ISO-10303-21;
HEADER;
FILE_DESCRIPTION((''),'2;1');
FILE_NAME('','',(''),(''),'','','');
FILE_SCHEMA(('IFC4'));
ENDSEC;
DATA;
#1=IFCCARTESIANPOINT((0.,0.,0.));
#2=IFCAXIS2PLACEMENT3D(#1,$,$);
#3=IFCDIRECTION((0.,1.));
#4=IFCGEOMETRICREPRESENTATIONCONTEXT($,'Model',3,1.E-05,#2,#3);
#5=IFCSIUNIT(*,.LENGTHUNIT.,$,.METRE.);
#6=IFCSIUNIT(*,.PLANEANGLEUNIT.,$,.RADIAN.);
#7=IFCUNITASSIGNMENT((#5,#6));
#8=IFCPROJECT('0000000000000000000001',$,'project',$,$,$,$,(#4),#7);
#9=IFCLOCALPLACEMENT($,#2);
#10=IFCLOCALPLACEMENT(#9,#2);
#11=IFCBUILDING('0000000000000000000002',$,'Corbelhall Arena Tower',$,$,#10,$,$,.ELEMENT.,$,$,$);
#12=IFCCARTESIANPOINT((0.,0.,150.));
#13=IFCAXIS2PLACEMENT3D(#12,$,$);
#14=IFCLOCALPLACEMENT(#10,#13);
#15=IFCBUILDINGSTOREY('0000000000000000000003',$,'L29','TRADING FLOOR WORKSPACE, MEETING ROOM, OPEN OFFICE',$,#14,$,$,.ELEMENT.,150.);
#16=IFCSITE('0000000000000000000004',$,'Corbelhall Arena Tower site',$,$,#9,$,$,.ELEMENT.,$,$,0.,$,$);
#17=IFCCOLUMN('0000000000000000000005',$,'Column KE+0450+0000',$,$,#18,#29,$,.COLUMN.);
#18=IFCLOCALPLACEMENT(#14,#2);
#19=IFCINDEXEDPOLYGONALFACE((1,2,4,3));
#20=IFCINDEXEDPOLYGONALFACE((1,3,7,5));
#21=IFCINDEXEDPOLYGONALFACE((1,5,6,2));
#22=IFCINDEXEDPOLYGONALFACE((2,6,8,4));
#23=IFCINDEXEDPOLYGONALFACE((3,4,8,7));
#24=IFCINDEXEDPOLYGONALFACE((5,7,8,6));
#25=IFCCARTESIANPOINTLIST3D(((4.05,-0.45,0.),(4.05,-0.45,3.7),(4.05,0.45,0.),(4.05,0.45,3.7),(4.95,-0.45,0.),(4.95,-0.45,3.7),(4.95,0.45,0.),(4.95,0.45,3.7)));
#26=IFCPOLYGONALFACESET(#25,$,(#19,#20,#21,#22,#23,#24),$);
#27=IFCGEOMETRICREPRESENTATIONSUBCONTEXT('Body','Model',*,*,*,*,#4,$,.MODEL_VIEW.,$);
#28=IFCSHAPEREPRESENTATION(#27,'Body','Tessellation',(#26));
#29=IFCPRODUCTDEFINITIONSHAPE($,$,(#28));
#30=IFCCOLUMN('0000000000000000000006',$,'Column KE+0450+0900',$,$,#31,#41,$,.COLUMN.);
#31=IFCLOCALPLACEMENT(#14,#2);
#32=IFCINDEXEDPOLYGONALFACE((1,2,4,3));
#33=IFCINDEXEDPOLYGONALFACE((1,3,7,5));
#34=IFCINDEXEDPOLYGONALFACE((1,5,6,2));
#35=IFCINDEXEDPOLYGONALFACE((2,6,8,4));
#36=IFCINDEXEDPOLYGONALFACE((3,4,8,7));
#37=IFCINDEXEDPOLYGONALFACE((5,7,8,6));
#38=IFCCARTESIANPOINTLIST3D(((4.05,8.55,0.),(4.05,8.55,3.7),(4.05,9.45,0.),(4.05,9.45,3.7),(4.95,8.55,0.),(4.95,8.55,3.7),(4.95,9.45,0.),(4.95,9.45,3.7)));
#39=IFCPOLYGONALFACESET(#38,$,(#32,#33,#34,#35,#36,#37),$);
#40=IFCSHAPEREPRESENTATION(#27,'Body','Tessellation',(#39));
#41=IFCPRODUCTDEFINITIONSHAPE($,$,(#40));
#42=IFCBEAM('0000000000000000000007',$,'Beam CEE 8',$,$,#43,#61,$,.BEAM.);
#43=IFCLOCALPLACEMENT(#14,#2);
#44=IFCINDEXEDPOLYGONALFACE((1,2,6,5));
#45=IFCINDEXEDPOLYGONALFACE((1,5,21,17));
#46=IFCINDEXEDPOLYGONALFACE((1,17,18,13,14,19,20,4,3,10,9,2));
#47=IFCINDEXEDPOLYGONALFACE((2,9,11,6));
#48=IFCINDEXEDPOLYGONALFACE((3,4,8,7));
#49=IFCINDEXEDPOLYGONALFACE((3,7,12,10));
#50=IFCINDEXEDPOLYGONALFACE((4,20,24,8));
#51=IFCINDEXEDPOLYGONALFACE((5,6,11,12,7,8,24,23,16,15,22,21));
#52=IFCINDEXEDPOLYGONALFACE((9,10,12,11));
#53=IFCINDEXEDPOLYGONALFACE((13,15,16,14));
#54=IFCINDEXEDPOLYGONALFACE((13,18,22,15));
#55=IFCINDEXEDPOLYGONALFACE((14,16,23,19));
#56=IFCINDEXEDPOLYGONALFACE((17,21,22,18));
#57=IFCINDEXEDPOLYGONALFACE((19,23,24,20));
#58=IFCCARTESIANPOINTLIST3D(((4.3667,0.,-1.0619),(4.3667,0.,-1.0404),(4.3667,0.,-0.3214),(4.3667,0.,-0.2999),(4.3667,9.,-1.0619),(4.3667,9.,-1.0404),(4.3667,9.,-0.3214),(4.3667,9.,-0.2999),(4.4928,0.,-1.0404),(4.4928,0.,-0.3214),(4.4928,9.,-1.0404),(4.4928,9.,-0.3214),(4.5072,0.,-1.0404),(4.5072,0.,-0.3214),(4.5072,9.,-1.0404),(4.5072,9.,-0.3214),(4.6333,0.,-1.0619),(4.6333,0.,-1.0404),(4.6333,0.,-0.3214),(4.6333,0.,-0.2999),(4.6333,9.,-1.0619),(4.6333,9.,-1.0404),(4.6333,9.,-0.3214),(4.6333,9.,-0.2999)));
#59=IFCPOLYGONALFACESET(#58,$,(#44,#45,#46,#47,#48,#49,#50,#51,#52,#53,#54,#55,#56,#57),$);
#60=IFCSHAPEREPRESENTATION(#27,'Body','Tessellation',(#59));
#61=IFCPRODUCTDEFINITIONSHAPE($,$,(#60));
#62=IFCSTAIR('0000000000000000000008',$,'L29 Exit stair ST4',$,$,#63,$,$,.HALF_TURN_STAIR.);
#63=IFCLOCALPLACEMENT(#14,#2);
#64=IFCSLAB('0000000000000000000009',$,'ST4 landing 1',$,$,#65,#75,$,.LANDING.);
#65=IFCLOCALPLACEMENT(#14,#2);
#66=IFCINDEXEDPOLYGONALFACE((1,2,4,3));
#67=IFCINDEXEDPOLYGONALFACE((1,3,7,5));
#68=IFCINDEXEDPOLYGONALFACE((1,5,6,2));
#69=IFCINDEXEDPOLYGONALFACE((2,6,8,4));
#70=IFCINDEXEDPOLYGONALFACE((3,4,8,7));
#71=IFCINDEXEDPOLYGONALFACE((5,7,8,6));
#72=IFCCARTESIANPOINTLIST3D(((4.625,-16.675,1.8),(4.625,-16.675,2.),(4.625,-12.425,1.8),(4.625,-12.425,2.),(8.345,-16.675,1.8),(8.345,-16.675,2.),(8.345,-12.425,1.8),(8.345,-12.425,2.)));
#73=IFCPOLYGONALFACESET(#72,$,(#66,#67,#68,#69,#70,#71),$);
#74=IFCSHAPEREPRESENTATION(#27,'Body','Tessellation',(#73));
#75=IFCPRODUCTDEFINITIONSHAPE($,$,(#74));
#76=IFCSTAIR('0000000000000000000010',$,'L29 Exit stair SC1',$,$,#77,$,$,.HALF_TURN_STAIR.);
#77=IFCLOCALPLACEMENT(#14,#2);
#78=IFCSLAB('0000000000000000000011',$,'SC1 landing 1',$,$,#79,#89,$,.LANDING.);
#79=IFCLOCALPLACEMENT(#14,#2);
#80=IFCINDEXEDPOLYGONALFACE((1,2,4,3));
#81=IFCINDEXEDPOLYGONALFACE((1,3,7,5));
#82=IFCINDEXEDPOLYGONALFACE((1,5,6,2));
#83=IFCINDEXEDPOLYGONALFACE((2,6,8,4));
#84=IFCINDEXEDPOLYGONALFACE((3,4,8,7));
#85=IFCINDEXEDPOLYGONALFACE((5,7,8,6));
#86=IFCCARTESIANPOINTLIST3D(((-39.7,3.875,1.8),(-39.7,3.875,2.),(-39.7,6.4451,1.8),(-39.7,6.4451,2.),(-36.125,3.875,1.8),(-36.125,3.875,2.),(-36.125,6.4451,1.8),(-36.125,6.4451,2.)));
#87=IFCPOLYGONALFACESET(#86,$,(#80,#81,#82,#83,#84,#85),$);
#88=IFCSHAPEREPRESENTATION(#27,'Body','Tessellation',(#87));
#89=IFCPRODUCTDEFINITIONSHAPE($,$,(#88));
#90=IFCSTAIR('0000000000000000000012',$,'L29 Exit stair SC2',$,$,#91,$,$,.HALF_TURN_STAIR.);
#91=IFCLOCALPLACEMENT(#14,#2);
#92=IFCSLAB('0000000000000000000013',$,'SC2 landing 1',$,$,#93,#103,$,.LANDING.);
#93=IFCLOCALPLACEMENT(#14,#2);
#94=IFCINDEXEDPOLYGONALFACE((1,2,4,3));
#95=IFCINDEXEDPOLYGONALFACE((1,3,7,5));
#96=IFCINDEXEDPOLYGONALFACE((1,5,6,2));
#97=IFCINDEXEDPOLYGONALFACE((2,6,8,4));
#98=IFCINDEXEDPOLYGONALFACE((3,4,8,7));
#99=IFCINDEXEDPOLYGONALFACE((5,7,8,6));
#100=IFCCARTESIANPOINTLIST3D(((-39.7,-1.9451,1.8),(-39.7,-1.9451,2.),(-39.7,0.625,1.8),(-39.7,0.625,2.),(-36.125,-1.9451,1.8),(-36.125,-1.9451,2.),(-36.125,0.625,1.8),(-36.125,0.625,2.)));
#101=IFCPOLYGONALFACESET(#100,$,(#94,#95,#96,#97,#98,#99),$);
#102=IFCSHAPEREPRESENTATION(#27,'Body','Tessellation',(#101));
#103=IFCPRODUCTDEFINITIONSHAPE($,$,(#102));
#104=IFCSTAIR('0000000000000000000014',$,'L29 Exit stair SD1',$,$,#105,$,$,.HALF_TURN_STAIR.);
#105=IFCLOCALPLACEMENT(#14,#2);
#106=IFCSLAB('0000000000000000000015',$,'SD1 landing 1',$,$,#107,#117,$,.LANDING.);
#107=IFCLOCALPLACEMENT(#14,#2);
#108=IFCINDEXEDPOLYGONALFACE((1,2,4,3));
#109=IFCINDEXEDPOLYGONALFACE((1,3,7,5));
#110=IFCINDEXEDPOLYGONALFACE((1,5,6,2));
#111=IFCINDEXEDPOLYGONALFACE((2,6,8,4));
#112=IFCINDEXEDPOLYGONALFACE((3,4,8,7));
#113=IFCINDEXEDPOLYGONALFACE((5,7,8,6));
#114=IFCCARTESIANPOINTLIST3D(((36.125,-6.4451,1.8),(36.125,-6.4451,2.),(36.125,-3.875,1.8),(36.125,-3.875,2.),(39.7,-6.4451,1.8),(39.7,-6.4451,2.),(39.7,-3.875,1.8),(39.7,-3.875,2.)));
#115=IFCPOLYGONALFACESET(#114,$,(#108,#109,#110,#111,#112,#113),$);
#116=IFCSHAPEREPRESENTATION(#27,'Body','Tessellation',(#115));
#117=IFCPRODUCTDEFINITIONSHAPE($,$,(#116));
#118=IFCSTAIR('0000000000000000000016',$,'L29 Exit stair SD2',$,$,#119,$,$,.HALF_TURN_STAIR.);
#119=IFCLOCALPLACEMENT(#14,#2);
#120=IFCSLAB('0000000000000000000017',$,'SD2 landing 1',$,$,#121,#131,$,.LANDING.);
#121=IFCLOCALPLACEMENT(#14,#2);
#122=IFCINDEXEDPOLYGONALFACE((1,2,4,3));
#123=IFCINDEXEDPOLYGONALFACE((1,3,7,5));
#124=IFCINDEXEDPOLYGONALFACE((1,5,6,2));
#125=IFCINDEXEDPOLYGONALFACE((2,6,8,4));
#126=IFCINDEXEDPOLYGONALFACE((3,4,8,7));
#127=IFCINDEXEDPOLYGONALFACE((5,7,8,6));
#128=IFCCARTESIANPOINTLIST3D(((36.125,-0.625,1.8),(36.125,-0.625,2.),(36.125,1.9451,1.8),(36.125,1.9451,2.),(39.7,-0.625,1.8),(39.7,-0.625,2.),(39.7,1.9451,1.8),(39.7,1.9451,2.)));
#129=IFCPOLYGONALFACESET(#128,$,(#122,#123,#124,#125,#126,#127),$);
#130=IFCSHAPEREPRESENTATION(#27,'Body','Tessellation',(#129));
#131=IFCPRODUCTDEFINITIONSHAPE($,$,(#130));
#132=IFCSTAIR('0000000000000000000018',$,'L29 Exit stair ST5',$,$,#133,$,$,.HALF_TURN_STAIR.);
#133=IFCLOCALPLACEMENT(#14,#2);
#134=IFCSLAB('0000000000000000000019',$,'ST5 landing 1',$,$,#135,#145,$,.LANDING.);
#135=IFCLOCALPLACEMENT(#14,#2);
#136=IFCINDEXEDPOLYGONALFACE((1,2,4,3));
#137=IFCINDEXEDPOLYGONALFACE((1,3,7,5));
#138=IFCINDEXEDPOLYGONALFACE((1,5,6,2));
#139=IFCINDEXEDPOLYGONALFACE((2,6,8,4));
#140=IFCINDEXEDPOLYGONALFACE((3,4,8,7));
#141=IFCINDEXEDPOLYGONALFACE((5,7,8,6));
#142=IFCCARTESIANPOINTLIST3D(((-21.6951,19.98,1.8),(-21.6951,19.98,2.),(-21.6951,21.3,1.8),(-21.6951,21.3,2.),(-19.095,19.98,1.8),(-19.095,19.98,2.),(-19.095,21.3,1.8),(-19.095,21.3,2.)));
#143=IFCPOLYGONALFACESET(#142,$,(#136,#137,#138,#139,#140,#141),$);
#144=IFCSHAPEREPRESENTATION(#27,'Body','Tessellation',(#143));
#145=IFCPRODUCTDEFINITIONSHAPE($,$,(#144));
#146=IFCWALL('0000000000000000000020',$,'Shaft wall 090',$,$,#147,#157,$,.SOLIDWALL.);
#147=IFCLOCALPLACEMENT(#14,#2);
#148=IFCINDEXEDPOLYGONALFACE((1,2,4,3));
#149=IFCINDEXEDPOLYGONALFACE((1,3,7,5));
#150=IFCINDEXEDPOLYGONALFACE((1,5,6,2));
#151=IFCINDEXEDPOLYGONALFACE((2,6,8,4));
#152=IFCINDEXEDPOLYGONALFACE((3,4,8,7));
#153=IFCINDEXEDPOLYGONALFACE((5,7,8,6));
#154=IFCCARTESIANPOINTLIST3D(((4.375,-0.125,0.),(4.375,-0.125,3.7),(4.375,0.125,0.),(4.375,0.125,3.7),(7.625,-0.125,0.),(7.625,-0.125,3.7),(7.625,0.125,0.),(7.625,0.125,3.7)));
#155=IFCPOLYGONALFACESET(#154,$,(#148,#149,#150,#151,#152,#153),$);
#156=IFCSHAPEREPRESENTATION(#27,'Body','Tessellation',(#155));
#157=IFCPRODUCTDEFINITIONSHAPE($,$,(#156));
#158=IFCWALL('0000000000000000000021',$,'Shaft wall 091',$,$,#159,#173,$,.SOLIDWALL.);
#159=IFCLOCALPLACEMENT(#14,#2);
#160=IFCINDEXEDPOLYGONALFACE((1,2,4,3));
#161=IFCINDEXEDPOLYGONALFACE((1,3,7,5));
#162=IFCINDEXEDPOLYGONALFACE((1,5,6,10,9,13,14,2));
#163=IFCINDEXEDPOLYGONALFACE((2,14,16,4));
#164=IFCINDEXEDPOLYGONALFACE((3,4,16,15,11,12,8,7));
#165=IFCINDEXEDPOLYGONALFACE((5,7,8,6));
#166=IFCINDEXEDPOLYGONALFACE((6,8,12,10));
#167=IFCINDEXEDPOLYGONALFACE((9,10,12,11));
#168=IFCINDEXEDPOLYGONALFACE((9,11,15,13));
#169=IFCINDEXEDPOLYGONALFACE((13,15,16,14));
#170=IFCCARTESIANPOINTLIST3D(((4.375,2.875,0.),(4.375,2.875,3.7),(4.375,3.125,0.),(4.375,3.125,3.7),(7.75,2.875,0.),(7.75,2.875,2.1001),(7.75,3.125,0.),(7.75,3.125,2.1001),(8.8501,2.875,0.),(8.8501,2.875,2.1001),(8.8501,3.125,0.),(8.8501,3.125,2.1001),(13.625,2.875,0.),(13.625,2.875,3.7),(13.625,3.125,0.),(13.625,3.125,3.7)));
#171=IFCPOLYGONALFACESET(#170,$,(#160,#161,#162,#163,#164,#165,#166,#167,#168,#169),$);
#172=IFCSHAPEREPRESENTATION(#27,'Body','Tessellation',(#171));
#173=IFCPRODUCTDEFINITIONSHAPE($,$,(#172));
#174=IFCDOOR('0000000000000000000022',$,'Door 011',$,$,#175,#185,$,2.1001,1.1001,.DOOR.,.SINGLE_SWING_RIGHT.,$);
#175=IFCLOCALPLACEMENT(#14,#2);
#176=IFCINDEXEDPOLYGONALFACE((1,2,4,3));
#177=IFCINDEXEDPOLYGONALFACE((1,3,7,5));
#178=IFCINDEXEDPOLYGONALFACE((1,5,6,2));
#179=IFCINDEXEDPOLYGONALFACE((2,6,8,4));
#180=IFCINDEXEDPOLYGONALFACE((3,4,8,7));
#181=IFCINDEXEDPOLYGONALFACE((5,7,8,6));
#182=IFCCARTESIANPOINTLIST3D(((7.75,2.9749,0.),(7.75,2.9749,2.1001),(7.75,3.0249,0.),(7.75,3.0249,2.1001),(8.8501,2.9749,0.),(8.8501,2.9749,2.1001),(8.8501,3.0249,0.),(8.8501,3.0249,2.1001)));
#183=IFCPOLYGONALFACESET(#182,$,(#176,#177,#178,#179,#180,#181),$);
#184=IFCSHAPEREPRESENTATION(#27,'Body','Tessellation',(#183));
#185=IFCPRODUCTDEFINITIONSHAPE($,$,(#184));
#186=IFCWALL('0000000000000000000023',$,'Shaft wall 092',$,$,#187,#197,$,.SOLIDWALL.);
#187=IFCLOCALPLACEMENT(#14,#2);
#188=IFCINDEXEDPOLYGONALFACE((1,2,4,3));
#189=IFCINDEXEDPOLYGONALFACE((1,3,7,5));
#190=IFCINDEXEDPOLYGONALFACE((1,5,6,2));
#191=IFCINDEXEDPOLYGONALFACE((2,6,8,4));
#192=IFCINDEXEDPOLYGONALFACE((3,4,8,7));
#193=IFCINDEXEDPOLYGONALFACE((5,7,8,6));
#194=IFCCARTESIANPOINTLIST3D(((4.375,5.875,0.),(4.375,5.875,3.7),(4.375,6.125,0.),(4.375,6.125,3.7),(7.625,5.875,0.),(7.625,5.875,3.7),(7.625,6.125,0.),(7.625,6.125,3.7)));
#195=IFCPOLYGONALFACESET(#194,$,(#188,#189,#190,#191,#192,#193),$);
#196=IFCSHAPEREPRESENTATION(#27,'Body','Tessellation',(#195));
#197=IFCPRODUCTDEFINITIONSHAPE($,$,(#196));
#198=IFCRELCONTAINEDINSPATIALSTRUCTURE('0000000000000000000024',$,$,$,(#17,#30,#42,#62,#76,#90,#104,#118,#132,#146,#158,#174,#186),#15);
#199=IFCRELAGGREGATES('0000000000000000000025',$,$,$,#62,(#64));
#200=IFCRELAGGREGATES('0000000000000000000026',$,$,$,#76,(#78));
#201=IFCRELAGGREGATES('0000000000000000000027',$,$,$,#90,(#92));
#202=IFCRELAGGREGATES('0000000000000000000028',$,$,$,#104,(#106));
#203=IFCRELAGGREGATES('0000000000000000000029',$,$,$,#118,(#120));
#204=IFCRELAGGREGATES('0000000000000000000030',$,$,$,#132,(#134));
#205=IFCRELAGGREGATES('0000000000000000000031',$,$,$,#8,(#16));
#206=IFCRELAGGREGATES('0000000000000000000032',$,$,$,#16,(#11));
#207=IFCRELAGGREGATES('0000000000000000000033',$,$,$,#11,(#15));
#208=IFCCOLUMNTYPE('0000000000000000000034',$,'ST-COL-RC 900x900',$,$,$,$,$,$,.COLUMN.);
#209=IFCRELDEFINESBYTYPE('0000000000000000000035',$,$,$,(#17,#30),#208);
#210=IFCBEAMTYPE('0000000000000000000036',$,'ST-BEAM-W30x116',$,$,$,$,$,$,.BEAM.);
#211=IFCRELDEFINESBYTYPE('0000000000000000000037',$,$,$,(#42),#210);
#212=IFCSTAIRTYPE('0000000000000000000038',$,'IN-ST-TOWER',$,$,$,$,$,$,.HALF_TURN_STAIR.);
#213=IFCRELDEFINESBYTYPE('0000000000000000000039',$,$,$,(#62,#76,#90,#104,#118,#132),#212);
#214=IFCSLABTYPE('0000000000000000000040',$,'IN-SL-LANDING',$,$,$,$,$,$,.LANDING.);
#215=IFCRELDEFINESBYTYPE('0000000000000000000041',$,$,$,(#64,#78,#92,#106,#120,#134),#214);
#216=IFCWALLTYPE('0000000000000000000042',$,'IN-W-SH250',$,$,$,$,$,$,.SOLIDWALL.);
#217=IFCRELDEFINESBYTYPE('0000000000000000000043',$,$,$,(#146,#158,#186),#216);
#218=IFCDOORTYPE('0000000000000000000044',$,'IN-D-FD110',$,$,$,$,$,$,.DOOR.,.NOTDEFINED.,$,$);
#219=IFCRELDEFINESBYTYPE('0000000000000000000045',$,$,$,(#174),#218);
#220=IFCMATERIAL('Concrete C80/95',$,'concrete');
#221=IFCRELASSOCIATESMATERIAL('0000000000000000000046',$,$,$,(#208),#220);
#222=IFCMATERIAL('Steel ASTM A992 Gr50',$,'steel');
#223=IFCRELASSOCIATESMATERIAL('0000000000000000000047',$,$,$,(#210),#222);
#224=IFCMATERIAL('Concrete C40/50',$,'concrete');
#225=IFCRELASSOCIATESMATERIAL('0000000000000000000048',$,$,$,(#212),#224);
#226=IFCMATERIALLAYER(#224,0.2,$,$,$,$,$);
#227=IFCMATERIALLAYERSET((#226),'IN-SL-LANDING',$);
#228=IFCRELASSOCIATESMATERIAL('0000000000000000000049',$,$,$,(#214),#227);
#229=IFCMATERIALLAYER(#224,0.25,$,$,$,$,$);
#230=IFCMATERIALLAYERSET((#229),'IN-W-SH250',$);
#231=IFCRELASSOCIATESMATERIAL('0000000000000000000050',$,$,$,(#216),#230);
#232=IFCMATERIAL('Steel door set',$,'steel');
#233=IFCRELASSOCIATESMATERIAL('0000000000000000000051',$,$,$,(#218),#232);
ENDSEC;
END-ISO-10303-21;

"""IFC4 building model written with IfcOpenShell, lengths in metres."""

from ifc_helpers import new_model, si_unit, direction, frame, frame_2d, origin, origin_2d, place, context, subcontext, project, spatial, polyline, rectangle, i_section, outline, extrude, material, layer, layer_set, material_profile, profile_set, type_object, element, fill, aggregate, save


model = new_model("IFC4")

# Units and contexts
model_context = context("Model", 3, precision=1e-05, world=origin(), true_north=direction((0.0, 1.0)))
body_context = subcontext(model_context, "Body", "Model", "MODEL_VIEW")
ifc_project = project(units=[si_unit("LENGTHUNIT", "METRE"), si_unit("PLANEANGLEUNIT", "RADIAN")], contexts=[model_context])

# Site, building, storey
site_placement = place(None, origin())
site = spatial("IfcSite", under=ifc_project, at=site_placement, Name="Corbelhall Arena Tower site", CompositionType="ELEMENT", RefElevation=0.0)
building_placement = place(site_placement, origin())
building = spatial("IfcBuilding", under=site, at=building_placement, Name="Corbelhall Arena Tower", CompositionType="ELEMENT")
storey_placement = place(building_placement, frame((0.0, 0.0, 150.0)))
storey = spatial("IfcBuildingStorey", under=building, at=storey_placement, Name="L29", Description="TRADING FLOOR WORKSPACE, MEETING ROOM, OPEN OFFICE", CompositionType="ELEMENT", Elevation=150.0)

# Columns
ifc_material_1 = material(Name="Concrete C80/95", Category="concrete")
ifc_material_profile_1 = material_profile(ifc_material_1, rectangle(XDim=0.8999, YDim=0.8999, at=origin_2d()))
ifc_profile_set_1 = profile_set([ifc_material_profile_1], Name="Concrete C80/95")
column_type = type_object("IfcColumnType", Name="ST-COL-RC 900x900", PredefinedType="COLUMN", material=ifc_profile_set_1)
for number, where, z_axis, x_axis, name in (
    (1, (4.5, 0.0, 0.0), (0.0, 0.0, 1.0), (1.0, 0.0, 0.0), "Column KE+0450+0000"),
    (2, (4.5, 9.0, 0.0), (0.0, 0.0, 1.0), (1.0, 0.0, 0.0), "Column KE+0450+0900"),
):
    element("IfcColumn", number, at=place(storey_placement, frame(where, z_axis=z_axis, x_axis=x_axis)), inside=storey, type_object=column_type, Name=name, PredefinedType="COLUMN", context=body_context, shape_type="SweptSolid", body=[
        extrude(rectangle(XDim=0.8999, YDim=0.8999, at=origin_2d()), origin(), (0.0, 0.0, 1.0), 3.7),
    ])

# Beam
ifc_material_2 = material(Name="Steel ASTM A992 Gr50", Category="steel")
ifc_material_profile_2 = material_profile(ifc_material_2, i_section(OverallWidth=0.2666, OverallDepth=0.762, WebThickness=0.0144, FlangeThickness=0.0215, at=origin_2d()))
ifc_profile_set_2 = profile_set([ifc_material_profile_2], Name="Steel ASTM A992 Gr50")
beam_type = type_object("IfcBeamType", Name="ST-BEAM-W30x116", PredefinedType="BEAM", material=ifc_profile_set_2)
beam_placement = place(storey_placement, frame((4.5, 0.0, -0.6809), z_axis=(0.0, 1.0, 0.0), x_axis=(-1.0, 0.0, 0.0)))
element("IfcBeam", 3, at=beam_placement, inside=storey, type_object=beam_type, Name="Beam CEE 8", PredefinedType="BEAM", context=body_context, shape_type="SweptSolid", body=[
    extrude(i_section(OverallWidth=0.2666, OverallDepth=0.762, WebThickness=0.0144, FlangeThickness=0.0215, at=origin_2d()), origin(), (0.0, 0.0, 1.0), 9.0),
])

# Stairs, slabs
ifc_material_3 = material(Name="Concrete C40/50", Category="concrete")
stair_type = type_object("IfcStairType", Name="IN-ST-TOWER", PredefinedType="HALF_TURN_STAIR", material=ifc_material_3)
stair_1_placement = place(storey_placement, origin())
stair_1 = element("IfcStair", 4, at=stair_1_placement, inside=storey, type_object=stair_type, Name="L29 Exit stair ST4", PredefinedType="HALF_TURN_STAIR")
ifc_layer_1 = layer(ifc_material_3, 0.2)
ifc_layer_set_1 = layer_set([ifc_layer_1], Name="IN-SL-LANDING")
slab_type = type_object("IfcSlabType", Name="IN-SL-LANDING", PredefinedType="LANDING", material=ifc_layer_set_1)
slab_1_placement = place(storey_placement, frame((0.0, 0.0, 1.8)))
slab_1 = element("IfcSlab", 5, at=slab_1_placement, type_object=slab_type, Name="ST4 landing 1", PredefinedType="LANDING", context=body_context, shape_type="SweptSolid", body=[
    extrude(outline(polyline([(8.345, -12.425), (4.625, -12.425), (4.625, -16.675), (8.345, -16.675), (8.345, -12.425)])), origin(), (0.0, 0.0, 1.0), 0.2),
])
aggregate(stair_1, [slab_1])
stair_2_placement = place(storey_placement, origin())
stair_2 = element("IfcStair", 6, at=stair_2_placement, inside=storey, type_object=stair_type, Name="L29 Exit stair SC1", PredefinedType="HALF_TURN_STAIR")
slab_2_placement = place(storey_placement, frame((0.0, 0.0, 1.8)))
slab_2 = element("IfcSlab", 7, at=slab_2_placement, type_object=slab_type, Name="SC1 landing 1", PredefinedType="LANDING", context=body_context, shape_type="SweptSolid", body=[
    extrude(outline(polyline([(-39.7, 6.4451), (-39.7, 3.875), (-36.125, 3.875), (-36.125, 6.4451), (-39.7, 6.4451)])), origin(), (0.0, 0.0, 1.0), 0.2),
])
aggregate(stair_2, [slab_2])
stair_3_placement = place(storey_placement, origin())
stair_3 = element("IfcStair", 8, at=stair_3_placement, inside=storey, type_object=stair_type, Name="L29 Exit stair SC2", PredefinedType="HALF_TURN_STAIR")
slab_3_placement = place(storey_placement, frame((0.0, 0.0, 1.8)))
slab_3 = element("IfcSlab", 9, at=slab_3_placement, type_object=slab_type, Name="SC2 landing 1", PredefinedType="LANDING", context=body_context, shape_type="SweptSolid", body=[
    extrude(outline(polyline([(-36.125, -1.9451), (-36.125, 0.625), (-39.7, 0.625), (-39.7, -1.9451), (-36.125, -1.9451)])), origin(), (0.0, 0.0, 1.0), 0.2),
])
aggregate(stair_3, [slab_3])
stair_4_placement = place(storey_placement, origin())
stair_4 = element("IfcStair", 10, at=stair_4_placement, inside=storey, type_object=stair_type, Name="L29 Exit stair SD1", PredefinedType="HALF_TURN_STAIR")
slab_4_placement = place(storey_placement, frame((0.0, 0.0, 1.8)))
slab_4 = element("IfcSlab", 11, at=slab_4_placement, type_object=slab_type, Name="SD1 landing 1", PredefinedType="LANDING", context=body_context, shape_type="SweptSolid", body=[
    extrude(outline(polyline([(39.7, -6.4451), (39.7, -3.875), (36.125, -3.875), (36.125, -6.4451), (39.7, -6.4451)])), origin(), (0.0, 0.0, 1.0), 0.2),
])
aggregate(stair_4, [slab_4])
stair_5_placement = place(storey_placement, origin())
stair_5 = element("IfcStair", 12, at=stair_5_placement, inside=storey, type_object=stair_type, Name="L29 Exit stair SD2", PredefinedType="HALF_TURN_STAIR")
slab_5_placement = place(storey_placement, frame((0.0, 0.0, 1.8)))
slab_5 = element("IfcSlab", 13, at=slab_5_placement, type_object=slab_type, Name="SD2 landing 1", PredefinedType="LANDING", context=body_context, shape_type="SweptSolid", body=[
    extrude(outline(polyline([(36.125, 1.9451), (36.125, -0.625), (39.7, -0.625), (39.7, 1.9451), (36.125, 1.9451)])), origin(), (0.0, 0.0, 1.0), 0.2),
])
aggregate(stair_5, [slab_5])
stair_6_placement = place(storey_placement, origin())
stair_6 = element("IfcStair", 14, at=stair_6_placement, inside=storey, type_object=stair_type, Name="L29 Exit stair ST5", PredefinedType="HALF_TURN_STAIR")
slab_6_placement = place(storey_placement, frame((0.0, 0.0, 1.8)))
slab_6 = element("IfcSlab", 15, at=slab_6_placement, type_object=slab_type, Name="ST5 landing 1", PredefinedType="LANDING", context=body_context, shape_type="SweptSolid", body=[
    extrude(outline(polyline([(-19.095, 19.98), (-19.095, 21.3), (-21.6951, 21.3), (-21.6951, 19.98), (-19.095, 19.98)])), origin(), (0.0, 0.0, 1.0), 0.2),
])
aggregate(stair_6, [slab_6])

# Wall
ifc_layer_2 = layer(ifc_material_3, 0.25)
ifc_layer_set_2 = layer_set([ifc_layer_2], Name="IN-W-SH250")
wall_type_1 = type_object("IfcWallType", Name="IN-W-SH250", PredefinedType="SOLIDWALL", material=ifc_layer_set_2)
wall_1_placement = place(storey_placement, frame((4.375, 0.0, 0.0), z_axis=(0.0, 0.0, 1.0), x_axis=(1.0, 0.0, 0.0)))
element("IfcWall", 16, at=wall_1_placement, inside=storey, type_object=wall_type_1, Name="Shaft wall 090", PredefinedType="SOLIDWALL", context=body_context, shape_type="SweptSolid", body=[
    extrude(rectangle(XDim=3.25, YDim=0.25, at=frame_2d((1.625, 0.0))), origin(), (0.0, 0.0, 1.0), 3.7),
])

# Wall, opening, door
wall_2_placement = place(storey_placement, frame((4.375, 3.0, 0.0), z_axis=(0.0, 0.0, 1.0), x_axis=(1.0, 0.0, 0.0)))
wall_2 = element("IfcWall", 17, at=wall_2_placement, inside=storey, type_object=wall_type_1, Name="Shaft wall 091", PredefinedType="SOLIDWALL", context=body_context, shape_type="SweptSolid", body=[
    extrude(rectangle(XDim=9.25, YDim=0.25, at=frame_2d((4.625, 0.0))), origin(), (0.0, 0.0, 1.0), 3.7),
])
opening_1_placement = place(wall_2_placement, frame((3.375, 0.0, 0.0)))
opening_1 = element("IfcOpeningElement", 18, at=opening_1_placement, cuts=wall_2, PredefinedType="OPENING", context=body_context, shape_type="SweptSolid", body=[
    extrude(rectangle(XDim=1.1001, YDim=2.1001, at=frame_2d((0.55, 1.05))), frame((0.0, 0.125, 0.0), z_axis=(0.0, -1.0, 0.0), x_axis=(1.0, 0.0, 0.0)), (0.0, 0.0, 1.0), 0.25),
])
ifc_material_4 = material(Name="Steel door set", Category="steel")
door_type_1 = type_object("IfcDoorType", Name="IN-D-FD110", OperationType="NOTDEFINED", PredefinedType="DOOR", material=ifc_material_4)
door_1_placement = place(opening_1_placement, origin())
door_1 = element("IfcDoor", 19, at=door_1_placement, inside=storey, type_object=door_type_1, Name="Door 011", OperationType="SINGLE_SWING_RIGHT", OverallHeight=2.1001, OverallWidth=1.1001, PredefinedType="DOOR", context=body_context, shape_type="SweptSolid", body=[
    extrude(rectangle(XDim=1.1001, YDim=2.1001, at=frame_2d((0.55, 1.05))), frame((0.0, 0.0249, 0.0), z_axis=(0.0, -1.0, 0.0), x_axis=(1.0, 0.0, 0.0)), (0.0, 0.0, 1.0), 0.05),
])
fill(opening_1, door_1)

# Wall
wall_3_placement = place(storey_placement, frame((4.375, 6.0, 0.0), z_axis=(0.0, 0.0, 1.0), x_axis=(1.0, 0.0, 0.0)))
element("IfcWall", 20, at=wall_3_placement, inside=storey, type_object=wall_type_1, Name="Shaft wall 092", PredefinedType="SOLIDWALL", context=body_context, shape_type="SweptSolid", body=[
    extrude(rectangle(XDim=3.25, YDim=0.25, at=frame_2d((1.625, 0.0))), origin(), (0.0, 0.0, 1.0), 3.7),
])

save(model, "model.ifc")
